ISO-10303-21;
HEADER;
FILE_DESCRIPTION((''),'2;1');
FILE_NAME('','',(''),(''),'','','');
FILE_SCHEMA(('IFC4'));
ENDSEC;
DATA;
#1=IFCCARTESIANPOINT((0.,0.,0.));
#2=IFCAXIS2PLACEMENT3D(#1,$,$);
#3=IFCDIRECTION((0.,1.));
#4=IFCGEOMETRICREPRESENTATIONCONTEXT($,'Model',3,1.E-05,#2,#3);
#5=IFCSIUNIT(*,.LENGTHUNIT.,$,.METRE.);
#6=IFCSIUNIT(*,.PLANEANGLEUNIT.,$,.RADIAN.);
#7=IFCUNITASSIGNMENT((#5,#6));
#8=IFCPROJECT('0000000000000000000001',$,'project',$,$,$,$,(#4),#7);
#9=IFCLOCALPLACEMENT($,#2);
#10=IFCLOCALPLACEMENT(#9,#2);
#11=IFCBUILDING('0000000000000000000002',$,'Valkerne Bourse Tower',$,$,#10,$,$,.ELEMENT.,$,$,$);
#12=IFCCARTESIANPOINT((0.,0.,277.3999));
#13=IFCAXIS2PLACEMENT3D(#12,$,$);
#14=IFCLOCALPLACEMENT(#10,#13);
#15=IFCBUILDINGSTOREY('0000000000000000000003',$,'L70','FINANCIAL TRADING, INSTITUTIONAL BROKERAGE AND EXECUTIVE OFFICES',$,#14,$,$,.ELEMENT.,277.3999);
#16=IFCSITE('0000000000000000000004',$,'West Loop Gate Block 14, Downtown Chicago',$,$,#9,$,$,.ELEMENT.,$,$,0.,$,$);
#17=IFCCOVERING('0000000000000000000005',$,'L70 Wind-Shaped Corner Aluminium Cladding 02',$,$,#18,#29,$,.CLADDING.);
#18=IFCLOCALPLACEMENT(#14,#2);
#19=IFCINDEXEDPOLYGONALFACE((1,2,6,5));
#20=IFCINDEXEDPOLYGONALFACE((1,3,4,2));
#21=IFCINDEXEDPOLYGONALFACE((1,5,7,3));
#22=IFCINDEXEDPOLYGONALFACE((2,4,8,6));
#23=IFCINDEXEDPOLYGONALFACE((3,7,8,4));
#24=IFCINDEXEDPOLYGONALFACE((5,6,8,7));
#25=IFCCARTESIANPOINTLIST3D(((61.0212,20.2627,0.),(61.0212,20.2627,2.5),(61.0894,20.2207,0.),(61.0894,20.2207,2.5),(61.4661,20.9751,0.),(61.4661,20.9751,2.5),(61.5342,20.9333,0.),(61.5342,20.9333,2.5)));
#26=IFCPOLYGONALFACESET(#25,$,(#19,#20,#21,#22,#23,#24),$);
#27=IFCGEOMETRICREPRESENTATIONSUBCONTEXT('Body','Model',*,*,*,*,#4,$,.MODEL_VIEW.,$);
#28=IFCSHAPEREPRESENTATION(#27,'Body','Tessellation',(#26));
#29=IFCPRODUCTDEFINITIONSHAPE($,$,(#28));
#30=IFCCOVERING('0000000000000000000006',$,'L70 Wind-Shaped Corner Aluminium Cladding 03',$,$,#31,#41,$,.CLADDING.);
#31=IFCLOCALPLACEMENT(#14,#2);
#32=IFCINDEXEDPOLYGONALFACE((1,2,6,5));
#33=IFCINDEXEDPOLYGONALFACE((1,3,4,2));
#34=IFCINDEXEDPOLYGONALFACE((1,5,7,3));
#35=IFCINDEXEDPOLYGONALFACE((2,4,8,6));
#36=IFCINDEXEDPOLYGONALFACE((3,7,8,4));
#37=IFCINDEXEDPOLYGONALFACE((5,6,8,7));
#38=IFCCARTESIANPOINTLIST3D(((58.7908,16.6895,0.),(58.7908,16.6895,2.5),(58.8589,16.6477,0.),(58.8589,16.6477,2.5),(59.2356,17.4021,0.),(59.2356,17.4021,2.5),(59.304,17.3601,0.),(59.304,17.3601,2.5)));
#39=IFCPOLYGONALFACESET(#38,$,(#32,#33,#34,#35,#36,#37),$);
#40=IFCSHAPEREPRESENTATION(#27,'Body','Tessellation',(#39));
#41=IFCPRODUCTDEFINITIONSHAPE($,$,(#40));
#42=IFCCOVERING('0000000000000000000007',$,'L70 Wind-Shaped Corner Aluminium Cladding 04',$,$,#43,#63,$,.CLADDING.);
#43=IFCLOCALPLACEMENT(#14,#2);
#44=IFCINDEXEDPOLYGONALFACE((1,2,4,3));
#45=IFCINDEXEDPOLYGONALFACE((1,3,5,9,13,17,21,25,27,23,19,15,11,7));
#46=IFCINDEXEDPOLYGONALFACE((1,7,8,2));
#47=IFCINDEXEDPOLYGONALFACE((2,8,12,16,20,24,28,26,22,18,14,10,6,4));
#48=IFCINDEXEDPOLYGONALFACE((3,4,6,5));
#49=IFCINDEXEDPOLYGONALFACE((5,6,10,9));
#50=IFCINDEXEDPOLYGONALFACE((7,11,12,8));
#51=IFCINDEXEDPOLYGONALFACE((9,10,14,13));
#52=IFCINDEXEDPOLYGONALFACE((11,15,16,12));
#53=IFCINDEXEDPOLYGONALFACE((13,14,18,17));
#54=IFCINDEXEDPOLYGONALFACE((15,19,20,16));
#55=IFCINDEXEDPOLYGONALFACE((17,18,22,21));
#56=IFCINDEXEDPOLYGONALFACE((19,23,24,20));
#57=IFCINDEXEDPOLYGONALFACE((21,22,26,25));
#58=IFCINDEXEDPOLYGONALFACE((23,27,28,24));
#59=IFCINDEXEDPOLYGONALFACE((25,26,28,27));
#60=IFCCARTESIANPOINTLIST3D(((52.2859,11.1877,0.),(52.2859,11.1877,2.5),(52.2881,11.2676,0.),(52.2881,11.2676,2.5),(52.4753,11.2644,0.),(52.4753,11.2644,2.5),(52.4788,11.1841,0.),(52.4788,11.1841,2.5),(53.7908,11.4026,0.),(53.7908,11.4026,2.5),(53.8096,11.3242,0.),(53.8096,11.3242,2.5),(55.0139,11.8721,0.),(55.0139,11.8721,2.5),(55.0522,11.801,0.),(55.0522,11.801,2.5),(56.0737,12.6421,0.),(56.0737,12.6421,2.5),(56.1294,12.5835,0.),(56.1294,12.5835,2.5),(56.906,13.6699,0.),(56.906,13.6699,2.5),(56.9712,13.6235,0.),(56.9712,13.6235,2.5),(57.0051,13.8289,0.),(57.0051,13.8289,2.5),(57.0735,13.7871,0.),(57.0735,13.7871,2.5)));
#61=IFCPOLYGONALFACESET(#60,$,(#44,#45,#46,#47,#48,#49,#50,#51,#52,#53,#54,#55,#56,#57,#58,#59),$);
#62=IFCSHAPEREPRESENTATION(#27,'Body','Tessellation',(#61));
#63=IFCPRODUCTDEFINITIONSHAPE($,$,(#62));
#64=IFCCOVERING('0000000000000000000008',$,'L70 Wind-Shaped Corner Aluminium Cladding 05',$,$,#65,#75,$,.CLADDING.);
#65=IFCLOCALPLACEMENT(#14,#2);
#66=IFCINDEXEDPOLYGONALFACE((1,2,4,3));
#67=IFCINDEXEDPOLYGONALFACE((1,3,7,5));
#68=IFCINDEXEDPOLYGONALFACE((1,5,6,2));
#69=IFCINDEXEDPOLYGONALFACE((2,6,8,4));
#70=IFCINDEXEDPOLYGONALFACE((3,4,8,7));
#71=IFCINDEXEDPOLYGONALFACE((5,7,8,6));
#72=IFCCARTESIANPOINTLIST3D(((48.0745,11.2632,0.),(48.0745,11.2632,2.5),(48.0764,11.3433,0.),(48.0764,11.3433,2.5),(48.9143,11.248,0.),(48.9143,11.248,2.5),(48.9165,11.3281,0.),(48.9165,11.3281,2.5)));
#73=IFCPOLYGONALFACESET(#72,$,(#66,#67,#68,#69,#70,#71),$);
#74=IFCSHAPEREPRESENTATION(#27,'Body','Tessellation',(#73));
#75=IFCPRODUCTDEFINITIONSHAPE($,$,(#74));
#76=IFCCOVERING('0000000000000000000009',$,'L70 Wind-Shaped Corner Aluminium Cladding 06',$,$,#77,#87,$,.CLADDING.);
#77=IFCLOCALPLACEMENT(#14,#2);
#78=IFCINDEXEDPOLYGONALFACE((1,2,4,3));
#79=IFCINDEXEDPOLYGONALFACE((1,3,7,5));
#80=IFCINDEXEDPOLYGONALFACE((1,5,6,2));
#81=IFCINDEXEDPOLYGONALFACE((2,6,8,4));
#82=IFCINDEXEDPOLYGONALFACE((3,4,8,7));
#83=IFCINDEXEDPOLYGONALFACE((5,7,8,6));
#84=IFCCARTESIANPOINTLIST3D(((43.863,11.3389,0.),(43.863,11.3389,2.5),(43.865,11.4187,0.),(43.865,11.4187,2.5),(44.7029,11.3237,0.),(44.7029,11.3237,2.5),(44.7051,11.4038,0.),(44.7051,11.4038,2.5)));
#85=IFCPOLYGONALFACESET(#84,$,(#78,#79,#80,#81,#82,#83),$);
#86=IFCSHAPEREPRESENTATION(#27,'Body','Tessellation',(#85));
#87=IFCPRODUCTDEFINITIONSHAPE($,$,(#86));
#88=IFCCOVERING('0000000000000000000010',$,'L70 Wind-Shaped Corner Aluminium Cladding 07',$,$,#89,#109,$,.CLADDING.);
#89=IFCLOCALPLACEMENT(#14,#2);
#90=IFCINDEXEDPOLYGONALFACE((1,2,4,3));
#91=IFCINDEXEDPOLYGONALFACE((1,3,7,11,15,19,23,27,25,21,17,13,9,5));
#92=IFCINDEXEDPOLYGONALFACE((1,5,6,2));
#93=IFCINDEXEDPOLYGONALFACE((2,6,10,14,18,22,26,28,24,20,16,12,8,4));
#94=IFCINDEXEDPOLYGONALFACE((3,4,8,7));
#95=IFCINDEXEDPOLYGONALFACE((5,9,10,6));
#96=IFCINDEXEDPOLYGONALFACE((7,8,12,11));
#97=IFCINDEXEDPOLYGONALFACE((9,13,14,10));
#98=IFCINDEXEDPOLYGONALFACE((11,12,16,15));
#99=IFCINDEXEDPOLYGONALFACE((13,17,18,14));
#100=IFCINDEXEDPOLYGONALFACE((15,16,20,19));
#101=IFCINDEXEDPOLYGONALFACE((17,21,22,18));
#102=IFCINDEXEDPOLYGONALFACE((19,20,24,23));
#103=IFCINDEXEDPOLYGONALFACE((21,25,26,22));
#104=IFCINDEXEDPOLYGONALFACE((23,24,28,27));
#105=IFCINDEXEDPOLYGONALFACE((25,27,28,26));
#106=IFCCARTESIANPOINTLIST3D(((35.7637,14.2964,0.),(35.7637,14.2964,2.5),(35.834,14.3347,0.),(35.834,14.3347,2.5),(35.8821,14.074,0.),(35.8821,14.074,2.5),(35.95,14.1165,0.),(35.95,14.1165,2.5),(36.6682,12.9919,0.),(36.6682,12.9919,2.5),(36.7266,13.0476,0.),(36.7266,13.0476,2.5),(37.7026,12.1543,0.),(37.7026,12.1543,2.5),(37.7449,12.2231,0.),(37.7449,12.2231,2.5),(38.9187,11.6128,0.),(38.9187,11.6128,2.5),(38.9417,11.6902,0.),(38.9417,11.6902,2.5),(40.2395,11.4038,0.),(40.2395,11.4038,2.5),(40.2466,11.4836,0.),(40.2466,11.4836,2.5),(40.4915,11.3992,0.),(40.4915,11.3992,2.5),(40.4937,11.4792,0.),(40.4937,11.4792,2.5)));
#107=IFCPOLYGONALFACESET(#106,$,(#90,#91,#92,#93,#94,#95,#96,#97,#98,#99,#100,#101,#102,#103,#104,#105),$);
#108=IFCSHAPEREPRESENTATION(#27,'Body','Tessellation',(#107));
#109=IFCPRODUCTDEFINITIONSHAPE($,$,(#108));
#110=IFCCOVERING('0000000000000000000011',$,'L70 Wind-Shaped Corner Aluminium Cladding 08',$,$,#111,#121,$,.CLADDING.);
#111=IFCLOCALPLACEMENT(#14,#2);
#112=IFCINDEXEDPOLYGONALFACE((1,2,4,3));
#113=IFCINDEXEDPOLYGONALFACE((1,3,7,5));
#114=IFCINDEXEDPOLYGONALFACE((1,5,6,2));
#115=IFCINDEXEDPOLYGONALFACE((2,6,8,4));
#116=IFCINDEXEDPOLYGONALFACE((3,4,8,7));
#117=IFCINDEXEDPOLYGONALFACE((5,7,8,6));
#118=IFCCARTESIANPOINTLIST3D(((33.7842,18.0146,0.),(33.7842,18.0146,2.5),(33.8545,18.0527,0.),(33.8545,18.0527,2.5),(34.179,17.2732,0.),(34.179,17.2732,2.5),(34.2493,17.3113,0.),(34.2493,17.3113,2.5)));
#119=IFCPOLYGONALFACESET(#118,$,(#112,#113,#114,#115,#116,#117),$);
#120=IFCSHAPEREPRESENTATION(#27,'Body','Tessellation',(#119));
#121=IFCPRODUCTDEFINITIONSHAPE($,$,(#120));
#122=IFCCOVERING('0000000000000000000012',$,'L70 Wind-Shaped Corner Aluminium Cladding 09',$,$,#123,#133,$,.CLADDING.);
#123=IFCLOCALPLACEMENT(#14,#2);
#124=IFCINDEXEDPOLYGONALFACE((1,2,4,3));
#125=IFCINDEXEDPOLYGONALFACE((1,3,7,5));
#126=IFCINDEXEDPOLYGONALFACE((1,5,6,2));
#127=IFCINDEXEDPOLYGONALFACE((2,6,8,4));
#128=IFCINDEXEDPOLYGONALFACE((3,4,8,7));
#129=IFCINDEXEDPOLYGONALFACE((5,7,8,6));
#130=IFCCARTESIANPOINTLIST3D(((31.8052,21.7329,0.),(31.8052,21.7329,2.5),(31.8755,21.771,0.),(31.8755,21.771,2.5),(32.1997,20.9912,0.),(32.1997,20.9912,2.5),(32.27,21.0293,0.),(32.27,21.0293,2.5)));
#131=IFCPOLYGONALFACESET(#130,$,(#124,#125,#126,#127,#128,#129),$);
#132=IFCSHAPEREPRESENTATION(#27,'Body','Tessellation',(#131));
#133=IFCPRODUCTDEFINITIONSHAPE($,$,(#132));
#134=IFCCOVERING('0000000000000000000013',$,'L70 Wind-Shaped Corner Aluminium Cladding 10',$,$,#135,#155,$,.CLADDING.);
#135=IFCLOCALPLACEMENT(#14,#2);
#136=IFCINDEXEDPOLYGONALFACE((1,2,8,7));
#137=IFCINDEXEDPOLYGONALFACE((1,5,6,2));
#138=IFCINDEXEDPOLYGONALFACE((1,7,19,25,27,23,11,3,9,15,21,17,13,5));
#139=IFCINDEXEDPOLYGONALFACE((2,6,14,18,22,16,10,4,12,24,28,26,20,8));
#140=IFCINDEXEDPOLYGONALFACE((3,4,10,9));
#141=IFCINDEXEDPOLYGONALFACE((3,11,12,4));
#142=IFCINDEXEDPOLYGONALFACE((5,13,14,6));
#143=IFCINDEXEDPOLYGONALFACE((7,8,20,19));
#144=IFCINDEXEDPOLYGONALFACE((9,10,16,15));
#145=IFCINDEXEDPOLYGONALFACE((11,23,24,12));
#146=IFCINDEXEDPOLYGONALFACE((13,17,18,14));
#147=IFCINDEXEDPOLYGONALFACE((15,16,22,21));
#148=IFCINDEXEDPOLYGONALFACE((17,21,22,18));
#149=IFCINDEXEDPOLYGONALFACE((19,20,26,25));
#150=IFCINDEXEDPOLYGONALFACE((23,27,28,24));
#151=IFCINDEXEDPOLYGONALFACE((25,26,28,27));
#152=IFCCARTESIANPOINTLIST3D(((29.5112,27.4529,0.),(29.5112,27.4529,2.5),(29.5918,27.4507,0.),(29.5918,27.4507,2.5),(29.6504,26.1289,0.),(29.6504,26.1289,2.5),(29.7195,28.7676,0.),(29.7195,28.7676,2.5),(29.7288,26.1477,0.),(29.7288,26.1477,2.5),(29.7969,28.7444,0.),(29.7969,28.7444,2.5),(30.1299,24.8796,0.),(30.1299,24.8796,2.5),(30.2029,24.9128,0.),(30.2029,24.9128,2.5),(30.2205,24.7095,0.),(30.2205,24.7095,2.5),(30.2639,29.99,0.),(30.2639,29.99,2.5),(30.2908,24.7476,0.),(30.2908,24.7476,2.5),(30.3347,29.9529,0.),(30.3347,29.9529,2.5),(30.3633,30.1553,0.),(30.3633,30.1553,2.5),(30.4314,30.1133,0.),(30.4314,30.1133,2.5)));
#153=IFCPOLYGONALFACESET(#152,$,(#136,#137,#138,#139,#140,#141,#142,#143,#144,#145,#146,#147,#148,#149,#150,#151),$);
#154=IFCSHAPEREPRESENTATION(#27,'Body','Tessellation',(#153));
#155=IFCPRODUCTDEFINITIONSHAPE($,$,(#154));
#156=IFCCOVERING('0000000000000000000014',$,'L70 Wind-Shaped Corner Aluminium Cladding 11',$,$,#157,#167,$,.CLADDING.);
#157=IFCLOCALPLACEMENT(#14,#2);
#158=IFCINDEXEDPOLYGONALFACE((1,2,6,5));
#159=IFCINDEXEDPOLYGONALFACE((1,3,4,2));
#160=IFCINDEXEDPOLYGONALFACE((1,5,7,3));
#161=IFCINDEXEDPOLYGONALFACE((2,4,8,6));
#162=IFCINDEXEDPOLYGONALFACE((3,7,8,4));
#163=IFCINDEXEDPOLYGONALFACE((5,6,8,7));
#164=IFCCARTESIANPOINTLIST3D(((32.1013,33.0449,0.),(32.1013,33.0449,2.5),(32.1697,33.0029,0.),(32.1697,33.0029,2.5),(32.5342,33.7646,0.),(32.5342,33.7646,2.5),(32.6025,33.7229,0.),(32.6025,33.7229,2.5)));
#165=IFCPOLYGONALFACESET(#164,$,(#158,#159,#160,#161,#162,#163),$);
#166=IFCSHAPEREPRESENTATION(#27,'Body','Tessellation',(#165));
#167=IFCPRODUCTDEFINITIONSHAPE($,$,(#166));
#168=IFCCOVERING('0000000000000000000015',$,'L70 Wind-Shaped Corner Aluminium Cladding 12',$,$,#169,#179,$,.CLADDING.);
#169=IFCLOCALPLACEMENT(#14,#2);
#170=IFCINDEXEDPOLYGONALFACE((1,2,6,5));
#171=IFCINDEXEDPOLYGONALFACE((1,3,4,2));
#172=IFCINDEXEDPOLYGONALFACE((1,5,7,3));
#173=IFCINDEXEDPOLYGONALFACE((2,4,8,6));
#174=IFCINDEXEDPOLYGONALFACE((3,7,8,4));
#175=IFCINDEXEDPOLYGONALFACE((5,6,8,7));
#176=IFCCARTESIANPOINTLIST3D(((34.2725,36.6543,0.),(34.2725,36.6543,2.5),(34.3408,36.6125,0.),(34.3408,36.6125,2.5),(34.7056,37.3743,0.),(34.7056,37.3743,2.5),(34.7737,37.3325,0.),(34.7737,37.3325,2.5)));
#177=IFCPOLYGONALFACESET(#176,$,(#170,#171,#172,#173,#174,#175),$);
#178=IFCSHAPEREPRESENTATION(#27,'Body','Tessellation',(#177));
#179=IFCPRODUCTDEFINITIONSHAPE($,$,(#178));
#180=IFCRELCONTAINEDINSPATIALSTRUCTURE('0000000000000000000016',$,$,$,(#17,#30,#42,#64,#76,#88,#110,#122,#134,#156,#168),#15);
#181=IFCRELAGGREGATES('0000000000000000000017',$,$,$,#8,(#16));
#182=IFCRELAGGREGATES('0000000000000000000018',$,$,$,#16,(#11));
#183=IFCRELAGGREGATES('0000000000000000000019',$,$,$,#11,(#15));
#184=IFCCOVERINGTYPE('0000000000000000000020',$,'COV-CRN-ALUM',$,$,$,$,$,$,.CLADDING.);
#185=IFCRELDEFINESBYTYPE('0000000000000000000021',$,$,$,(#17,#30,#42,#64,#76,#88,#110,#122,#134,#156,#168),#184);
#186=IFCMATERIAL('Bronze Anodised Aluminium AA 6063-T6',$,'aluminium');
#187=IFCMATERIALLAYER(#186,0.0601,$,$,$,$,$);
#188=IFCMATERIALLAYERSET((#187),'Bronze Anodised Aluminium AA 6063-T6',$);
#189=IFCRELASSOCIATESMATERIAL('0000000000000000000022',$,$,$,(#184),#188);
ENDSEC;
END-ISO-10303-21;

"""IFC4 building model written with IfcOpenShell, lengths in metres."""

from ifc_helpers import new_model, si_unit, direction, frame, origin, place, context, subcontext, project, spatial, polyline, outline, extrude, material, layer, layer_set, type_object, element, save


model = new_model("IFC4")

# Units and contexts
model_context = context("Model", 3, precision=1e-05, world=origin(), true_north=direction((0.0, 1.0)))
body_context = subcontext(model_context, "Body", "Model", "MODEL_VIEW")
ifc_project = project(units=[si_unit("LENGTHUNIT", "METRE"), si_unit("PLANEANGLEUNIT", "RADIAN")], contexts=[model_context])

# Site, building, storey
site_placement = place(None, origin())
site = spatial("IfcSite", under=ifc_project, at=site_placement, Name="West Loop Gate Block 14, Downtown Chicago", CompositionType="ELEMENT", RefElevation=0.0)
building_placement = place(site_placement, origin())
building = spatial("IfcBuilding", under=site, at=building_placement, Name="Valkerne Bourse Tower", CompositionType="ELEMENT")
storey_placement = place(building_placement, frame((0.0, 0.0, 277.3999)))
storey = spatial("IfcBuildingStorey", under=building, at=storey_placement, Name="L70", Description="FINANCIAL TRADING, INSTITUTIONAL BROKERAGE AND EXECUTIVE OFFICES", CompositionType="ELEMENT", Elevation=277.3999)

# Coverings
ifc_material_1 = material(Name="Bronze Anodised Aluminium AA 6063-T6", Category="aluminium")
ifc_layer_1 = layer(ifc_material_1, 0.0601)
ifc_layer_set_1 = layer_set([ifc_layer_1], Name="Bronze Anodised Aluminium AA 6063-T6")
covering_type = type_object("IfcCoveringType", Name="COV-CRN-ALUM", PredefinedType="CLADDING", material=ifc_layer_set_1)
covering_1_placement = place(storey_placement, origin())
element("IfcCovering", 1, at=covering_1_placement, inside=storey, type_object=covering_type, Name="L70 Wind-Shaped Corner Aluminium Cladding 02", PredefinedType="CLADDING", context=body_context, shape_type="SweptSolid", body=[
    extrude(outline(polyline([(61.0894, 20.2207), (61.0212, 20.2627), (61.4661, 20.9751), (61.5342, 20.9333), (61.0894, 20.2207)])), origin(), (0.0, 0.0, 1.0), 2.5),
])
covering_2_placement = place(storey_placement, origin())
element("IfcCovering", 2, at=covering_2_placement, inside=storey, type_object=covering_type, Name="L70 Wind-Shaped Corner Aluminium Cladding 03", PredefinedType="CLADDING", context=body_context, shape_type="SweptSolid", body=[
    extrude(outline(polyline([(58.8589, 16.6477), (58.7908, 16.6895), (59.2356, 17.4021), (59.304, 17.3601), (58.8589, 16.6477)])), origin(), (0.0, 0.0, 1.0), 2.5),
])
covering_3_placement = place(storey_placement, origin())
element("IfcCovering", 3, at=covering_3_placement, inside=storey, type_object=covering_type, Name="L70 Wind-Shaped Corner Aluminium Cladding 04", PredefinedType="CLADDING", context=body_context, shape_type="SweptSolid", body=[
    extrude(outline(polyline([(56.9712, 13.6235), (56.1294, 12.5835), (55.0522, 11.801), (53.8096, 11.3242), (52.4788, 11.1841), (52.2859, 11.1877), (52.2881, 11.2676), (52.4753, 11.2644), (53.7908, 11.4026), (55.0139, 11.8721), (56.0737, 12.6421), (56.906, 13.6699), (57.0051, 13.8289), (57.0735, 13.7871), (56.9712, 13.6235)])), origin(), (0.0, 0.0, 1.0), 2.5),
])
covering_4_placement = place(storey_placement, origin())
element("IfcCovering", 4, at=covering_4_placement, inside=storey, type_object=covering_type, Name="L70 Wind-Shaped Corner Aluminium Cladding 05", PredefinedType="CLADDING", context=body_context, shape_type="SweptSolid", body=[
    extrude(outline(polyline([(48.0745, 11.2632), (48.0764, 11.3433), (48.9165, 11.3281), (48.9143, 11.248), (48.0745, 11.2632)])), origin(), (0.0, 0.0, 1.0), 2.5),
])
covering_5_placement = place(storey_placement, origin())
element("IfcCovering", 5, at=covering_5_placement, inside=storey, type_object=covering_type, Name="L70 Wind-Shaped Corner Aluminium Cladding 06", PredefinedType="CLADDING", context=body_context, shape_type="SweptSolid", body=[
    extrude(outline(polyline([(43.863, 11.3389), (43.865, 11.4187), (44.7051, 11.4038), (44.7029, 11.3237), (43.863, 11.3389)])), origin(), (0.0, 0.0, 1.0), 2.5),
])
covering_6_placement = place(storey_placement, origin())
element("IfcCovering", 6, at=covering_6_placement, inside=storey, type_object=covering_type, Name="L70 Wind-Shaped Corner Aluminium Cladding 07", PredefinedType="CLADDING", context=body_context, shape_type="SweptSolid", body=[
    extrude(outline(polyline([(40.2395, 11.4038), (38.9187, 11.6128), (37.7026, 12.1543), (36.6682, 12.9919), (35.8821, 14.074), (35.7637, 14.2964), (35.834, 14.3347), (35.95, 14.1165), (36.7266, 13.0476), (37.7449, 12.2231), (38.9417, 11.6902), (40.2466, 11.4836), (40.4937, 11.4792), (40.4915, 11.3992), (40.2395, 11.4038)])), origin(), (0.0, 0.0, 1.0), 2.5),
])
covering_7_placement = place(storey_placement, origin())
element("IfcCovering", 7, at=covering_7_placement, inside=storey, type_object=covering_type, Name="L70 Wind-Shaped Corner Aluminium Cladding 08", PredefinedType="CLADDING", context=body_context, shape_type="SweptSolid", body=[
    extrude(outline(polyline([(33.7842, 18.0146), (33.8545, 18.0527), (34.2493, 17.3113), (34.179, 17.2732), (33.7842, 18.0146)])), origin(), (0.0, 0.0, 1.0), 2.5),
])
covering_8_placement = place(storey_placement, origin())
element("IfcCovering", 8, at=covering_8_placement, inside=storey, type_object=covering_type, Name="L70 Wind-Shaped Corner Aluminium Cladding 09", PredefinedType="CLADDING", context=body_context, shape_type="SweptSolid", body=[
    extrude(outline(polyline([(31.8052, 21.7329), (31.8755, 21.771), (32.27, 21.0293), (32.1997, 20.9912), (31.8052, 21.7329)])), origin(), (0.0, 0.0, 1.0), 2.5),
])
covering_9_placement = place(storey_placement, origin())
element("IfcCovering", 9, at=covering_9_placement, inside=storey, type_object=covering_type, Name="L70 Wind-Shaped Corner Aluminium Cladding 10", PredefinedType="CLADDING", context=body_context, shape_type="SweptSolid", body=[
    extrude(outline(polyline([(30.1299, 24.8796), (29.6504, 26.1289), (29.5112, 27.4529), (29.7195, 28.7676), (30.2639, 29.99), (30.3633, 30.1553), (30.4314, 30.1133), (30.3347, 29.9529), (29.7969, 28.7444), (29.5918, 27.4507), (29.7288, 26.1477), (30.2029, 24.9128), (30.2908, 24.7476), (30.2205, 24.7095), (30.1299, 24.8796)])), origin(), (0.0, 0.0, 1.0), 2.5),
])
covering_10_placement = place(storey_placement, origin())
element("IfcCovering", 10, at=covering_10_placement, inside=storey, type_object=covering_type, Name="L70 Wind-Shaped Corner Aluminium Cladding 11", PredefinedType="CLADDING", context=body_context, shape_type="SweptSolid", body=[
    extrude(outline(polyline([(32.5342, 33.7646), (32.6025, 33.7229), (32.1697, 33.0029), (32.1013, 33.0449), (32.5342, 33.7646)])), origin(), (0.0, 0.0, 1.0), 2.5),
])
covering_11_placement = place(storey_placement, origin())
element("IfcCovering", 11, at=covering_11_placement, inside=storey, type_object=covering_type, Name="L70 Wind-Shaped Corner Aluminium Cladding 12", PredefinedType="CLADDING", context=body_context, shape_type="SweptSolid", body=[
    extrude(outline(polyline([(34.7056, 37.3743), (34.7737, 37.3325), (34.3408, 36.6125), (34.2725, 36.6543), (34.7056, 37.3743)])), origin(), (0.0, 0.0, 1.0), 2.5),
])

save(model, "model.ifc")
